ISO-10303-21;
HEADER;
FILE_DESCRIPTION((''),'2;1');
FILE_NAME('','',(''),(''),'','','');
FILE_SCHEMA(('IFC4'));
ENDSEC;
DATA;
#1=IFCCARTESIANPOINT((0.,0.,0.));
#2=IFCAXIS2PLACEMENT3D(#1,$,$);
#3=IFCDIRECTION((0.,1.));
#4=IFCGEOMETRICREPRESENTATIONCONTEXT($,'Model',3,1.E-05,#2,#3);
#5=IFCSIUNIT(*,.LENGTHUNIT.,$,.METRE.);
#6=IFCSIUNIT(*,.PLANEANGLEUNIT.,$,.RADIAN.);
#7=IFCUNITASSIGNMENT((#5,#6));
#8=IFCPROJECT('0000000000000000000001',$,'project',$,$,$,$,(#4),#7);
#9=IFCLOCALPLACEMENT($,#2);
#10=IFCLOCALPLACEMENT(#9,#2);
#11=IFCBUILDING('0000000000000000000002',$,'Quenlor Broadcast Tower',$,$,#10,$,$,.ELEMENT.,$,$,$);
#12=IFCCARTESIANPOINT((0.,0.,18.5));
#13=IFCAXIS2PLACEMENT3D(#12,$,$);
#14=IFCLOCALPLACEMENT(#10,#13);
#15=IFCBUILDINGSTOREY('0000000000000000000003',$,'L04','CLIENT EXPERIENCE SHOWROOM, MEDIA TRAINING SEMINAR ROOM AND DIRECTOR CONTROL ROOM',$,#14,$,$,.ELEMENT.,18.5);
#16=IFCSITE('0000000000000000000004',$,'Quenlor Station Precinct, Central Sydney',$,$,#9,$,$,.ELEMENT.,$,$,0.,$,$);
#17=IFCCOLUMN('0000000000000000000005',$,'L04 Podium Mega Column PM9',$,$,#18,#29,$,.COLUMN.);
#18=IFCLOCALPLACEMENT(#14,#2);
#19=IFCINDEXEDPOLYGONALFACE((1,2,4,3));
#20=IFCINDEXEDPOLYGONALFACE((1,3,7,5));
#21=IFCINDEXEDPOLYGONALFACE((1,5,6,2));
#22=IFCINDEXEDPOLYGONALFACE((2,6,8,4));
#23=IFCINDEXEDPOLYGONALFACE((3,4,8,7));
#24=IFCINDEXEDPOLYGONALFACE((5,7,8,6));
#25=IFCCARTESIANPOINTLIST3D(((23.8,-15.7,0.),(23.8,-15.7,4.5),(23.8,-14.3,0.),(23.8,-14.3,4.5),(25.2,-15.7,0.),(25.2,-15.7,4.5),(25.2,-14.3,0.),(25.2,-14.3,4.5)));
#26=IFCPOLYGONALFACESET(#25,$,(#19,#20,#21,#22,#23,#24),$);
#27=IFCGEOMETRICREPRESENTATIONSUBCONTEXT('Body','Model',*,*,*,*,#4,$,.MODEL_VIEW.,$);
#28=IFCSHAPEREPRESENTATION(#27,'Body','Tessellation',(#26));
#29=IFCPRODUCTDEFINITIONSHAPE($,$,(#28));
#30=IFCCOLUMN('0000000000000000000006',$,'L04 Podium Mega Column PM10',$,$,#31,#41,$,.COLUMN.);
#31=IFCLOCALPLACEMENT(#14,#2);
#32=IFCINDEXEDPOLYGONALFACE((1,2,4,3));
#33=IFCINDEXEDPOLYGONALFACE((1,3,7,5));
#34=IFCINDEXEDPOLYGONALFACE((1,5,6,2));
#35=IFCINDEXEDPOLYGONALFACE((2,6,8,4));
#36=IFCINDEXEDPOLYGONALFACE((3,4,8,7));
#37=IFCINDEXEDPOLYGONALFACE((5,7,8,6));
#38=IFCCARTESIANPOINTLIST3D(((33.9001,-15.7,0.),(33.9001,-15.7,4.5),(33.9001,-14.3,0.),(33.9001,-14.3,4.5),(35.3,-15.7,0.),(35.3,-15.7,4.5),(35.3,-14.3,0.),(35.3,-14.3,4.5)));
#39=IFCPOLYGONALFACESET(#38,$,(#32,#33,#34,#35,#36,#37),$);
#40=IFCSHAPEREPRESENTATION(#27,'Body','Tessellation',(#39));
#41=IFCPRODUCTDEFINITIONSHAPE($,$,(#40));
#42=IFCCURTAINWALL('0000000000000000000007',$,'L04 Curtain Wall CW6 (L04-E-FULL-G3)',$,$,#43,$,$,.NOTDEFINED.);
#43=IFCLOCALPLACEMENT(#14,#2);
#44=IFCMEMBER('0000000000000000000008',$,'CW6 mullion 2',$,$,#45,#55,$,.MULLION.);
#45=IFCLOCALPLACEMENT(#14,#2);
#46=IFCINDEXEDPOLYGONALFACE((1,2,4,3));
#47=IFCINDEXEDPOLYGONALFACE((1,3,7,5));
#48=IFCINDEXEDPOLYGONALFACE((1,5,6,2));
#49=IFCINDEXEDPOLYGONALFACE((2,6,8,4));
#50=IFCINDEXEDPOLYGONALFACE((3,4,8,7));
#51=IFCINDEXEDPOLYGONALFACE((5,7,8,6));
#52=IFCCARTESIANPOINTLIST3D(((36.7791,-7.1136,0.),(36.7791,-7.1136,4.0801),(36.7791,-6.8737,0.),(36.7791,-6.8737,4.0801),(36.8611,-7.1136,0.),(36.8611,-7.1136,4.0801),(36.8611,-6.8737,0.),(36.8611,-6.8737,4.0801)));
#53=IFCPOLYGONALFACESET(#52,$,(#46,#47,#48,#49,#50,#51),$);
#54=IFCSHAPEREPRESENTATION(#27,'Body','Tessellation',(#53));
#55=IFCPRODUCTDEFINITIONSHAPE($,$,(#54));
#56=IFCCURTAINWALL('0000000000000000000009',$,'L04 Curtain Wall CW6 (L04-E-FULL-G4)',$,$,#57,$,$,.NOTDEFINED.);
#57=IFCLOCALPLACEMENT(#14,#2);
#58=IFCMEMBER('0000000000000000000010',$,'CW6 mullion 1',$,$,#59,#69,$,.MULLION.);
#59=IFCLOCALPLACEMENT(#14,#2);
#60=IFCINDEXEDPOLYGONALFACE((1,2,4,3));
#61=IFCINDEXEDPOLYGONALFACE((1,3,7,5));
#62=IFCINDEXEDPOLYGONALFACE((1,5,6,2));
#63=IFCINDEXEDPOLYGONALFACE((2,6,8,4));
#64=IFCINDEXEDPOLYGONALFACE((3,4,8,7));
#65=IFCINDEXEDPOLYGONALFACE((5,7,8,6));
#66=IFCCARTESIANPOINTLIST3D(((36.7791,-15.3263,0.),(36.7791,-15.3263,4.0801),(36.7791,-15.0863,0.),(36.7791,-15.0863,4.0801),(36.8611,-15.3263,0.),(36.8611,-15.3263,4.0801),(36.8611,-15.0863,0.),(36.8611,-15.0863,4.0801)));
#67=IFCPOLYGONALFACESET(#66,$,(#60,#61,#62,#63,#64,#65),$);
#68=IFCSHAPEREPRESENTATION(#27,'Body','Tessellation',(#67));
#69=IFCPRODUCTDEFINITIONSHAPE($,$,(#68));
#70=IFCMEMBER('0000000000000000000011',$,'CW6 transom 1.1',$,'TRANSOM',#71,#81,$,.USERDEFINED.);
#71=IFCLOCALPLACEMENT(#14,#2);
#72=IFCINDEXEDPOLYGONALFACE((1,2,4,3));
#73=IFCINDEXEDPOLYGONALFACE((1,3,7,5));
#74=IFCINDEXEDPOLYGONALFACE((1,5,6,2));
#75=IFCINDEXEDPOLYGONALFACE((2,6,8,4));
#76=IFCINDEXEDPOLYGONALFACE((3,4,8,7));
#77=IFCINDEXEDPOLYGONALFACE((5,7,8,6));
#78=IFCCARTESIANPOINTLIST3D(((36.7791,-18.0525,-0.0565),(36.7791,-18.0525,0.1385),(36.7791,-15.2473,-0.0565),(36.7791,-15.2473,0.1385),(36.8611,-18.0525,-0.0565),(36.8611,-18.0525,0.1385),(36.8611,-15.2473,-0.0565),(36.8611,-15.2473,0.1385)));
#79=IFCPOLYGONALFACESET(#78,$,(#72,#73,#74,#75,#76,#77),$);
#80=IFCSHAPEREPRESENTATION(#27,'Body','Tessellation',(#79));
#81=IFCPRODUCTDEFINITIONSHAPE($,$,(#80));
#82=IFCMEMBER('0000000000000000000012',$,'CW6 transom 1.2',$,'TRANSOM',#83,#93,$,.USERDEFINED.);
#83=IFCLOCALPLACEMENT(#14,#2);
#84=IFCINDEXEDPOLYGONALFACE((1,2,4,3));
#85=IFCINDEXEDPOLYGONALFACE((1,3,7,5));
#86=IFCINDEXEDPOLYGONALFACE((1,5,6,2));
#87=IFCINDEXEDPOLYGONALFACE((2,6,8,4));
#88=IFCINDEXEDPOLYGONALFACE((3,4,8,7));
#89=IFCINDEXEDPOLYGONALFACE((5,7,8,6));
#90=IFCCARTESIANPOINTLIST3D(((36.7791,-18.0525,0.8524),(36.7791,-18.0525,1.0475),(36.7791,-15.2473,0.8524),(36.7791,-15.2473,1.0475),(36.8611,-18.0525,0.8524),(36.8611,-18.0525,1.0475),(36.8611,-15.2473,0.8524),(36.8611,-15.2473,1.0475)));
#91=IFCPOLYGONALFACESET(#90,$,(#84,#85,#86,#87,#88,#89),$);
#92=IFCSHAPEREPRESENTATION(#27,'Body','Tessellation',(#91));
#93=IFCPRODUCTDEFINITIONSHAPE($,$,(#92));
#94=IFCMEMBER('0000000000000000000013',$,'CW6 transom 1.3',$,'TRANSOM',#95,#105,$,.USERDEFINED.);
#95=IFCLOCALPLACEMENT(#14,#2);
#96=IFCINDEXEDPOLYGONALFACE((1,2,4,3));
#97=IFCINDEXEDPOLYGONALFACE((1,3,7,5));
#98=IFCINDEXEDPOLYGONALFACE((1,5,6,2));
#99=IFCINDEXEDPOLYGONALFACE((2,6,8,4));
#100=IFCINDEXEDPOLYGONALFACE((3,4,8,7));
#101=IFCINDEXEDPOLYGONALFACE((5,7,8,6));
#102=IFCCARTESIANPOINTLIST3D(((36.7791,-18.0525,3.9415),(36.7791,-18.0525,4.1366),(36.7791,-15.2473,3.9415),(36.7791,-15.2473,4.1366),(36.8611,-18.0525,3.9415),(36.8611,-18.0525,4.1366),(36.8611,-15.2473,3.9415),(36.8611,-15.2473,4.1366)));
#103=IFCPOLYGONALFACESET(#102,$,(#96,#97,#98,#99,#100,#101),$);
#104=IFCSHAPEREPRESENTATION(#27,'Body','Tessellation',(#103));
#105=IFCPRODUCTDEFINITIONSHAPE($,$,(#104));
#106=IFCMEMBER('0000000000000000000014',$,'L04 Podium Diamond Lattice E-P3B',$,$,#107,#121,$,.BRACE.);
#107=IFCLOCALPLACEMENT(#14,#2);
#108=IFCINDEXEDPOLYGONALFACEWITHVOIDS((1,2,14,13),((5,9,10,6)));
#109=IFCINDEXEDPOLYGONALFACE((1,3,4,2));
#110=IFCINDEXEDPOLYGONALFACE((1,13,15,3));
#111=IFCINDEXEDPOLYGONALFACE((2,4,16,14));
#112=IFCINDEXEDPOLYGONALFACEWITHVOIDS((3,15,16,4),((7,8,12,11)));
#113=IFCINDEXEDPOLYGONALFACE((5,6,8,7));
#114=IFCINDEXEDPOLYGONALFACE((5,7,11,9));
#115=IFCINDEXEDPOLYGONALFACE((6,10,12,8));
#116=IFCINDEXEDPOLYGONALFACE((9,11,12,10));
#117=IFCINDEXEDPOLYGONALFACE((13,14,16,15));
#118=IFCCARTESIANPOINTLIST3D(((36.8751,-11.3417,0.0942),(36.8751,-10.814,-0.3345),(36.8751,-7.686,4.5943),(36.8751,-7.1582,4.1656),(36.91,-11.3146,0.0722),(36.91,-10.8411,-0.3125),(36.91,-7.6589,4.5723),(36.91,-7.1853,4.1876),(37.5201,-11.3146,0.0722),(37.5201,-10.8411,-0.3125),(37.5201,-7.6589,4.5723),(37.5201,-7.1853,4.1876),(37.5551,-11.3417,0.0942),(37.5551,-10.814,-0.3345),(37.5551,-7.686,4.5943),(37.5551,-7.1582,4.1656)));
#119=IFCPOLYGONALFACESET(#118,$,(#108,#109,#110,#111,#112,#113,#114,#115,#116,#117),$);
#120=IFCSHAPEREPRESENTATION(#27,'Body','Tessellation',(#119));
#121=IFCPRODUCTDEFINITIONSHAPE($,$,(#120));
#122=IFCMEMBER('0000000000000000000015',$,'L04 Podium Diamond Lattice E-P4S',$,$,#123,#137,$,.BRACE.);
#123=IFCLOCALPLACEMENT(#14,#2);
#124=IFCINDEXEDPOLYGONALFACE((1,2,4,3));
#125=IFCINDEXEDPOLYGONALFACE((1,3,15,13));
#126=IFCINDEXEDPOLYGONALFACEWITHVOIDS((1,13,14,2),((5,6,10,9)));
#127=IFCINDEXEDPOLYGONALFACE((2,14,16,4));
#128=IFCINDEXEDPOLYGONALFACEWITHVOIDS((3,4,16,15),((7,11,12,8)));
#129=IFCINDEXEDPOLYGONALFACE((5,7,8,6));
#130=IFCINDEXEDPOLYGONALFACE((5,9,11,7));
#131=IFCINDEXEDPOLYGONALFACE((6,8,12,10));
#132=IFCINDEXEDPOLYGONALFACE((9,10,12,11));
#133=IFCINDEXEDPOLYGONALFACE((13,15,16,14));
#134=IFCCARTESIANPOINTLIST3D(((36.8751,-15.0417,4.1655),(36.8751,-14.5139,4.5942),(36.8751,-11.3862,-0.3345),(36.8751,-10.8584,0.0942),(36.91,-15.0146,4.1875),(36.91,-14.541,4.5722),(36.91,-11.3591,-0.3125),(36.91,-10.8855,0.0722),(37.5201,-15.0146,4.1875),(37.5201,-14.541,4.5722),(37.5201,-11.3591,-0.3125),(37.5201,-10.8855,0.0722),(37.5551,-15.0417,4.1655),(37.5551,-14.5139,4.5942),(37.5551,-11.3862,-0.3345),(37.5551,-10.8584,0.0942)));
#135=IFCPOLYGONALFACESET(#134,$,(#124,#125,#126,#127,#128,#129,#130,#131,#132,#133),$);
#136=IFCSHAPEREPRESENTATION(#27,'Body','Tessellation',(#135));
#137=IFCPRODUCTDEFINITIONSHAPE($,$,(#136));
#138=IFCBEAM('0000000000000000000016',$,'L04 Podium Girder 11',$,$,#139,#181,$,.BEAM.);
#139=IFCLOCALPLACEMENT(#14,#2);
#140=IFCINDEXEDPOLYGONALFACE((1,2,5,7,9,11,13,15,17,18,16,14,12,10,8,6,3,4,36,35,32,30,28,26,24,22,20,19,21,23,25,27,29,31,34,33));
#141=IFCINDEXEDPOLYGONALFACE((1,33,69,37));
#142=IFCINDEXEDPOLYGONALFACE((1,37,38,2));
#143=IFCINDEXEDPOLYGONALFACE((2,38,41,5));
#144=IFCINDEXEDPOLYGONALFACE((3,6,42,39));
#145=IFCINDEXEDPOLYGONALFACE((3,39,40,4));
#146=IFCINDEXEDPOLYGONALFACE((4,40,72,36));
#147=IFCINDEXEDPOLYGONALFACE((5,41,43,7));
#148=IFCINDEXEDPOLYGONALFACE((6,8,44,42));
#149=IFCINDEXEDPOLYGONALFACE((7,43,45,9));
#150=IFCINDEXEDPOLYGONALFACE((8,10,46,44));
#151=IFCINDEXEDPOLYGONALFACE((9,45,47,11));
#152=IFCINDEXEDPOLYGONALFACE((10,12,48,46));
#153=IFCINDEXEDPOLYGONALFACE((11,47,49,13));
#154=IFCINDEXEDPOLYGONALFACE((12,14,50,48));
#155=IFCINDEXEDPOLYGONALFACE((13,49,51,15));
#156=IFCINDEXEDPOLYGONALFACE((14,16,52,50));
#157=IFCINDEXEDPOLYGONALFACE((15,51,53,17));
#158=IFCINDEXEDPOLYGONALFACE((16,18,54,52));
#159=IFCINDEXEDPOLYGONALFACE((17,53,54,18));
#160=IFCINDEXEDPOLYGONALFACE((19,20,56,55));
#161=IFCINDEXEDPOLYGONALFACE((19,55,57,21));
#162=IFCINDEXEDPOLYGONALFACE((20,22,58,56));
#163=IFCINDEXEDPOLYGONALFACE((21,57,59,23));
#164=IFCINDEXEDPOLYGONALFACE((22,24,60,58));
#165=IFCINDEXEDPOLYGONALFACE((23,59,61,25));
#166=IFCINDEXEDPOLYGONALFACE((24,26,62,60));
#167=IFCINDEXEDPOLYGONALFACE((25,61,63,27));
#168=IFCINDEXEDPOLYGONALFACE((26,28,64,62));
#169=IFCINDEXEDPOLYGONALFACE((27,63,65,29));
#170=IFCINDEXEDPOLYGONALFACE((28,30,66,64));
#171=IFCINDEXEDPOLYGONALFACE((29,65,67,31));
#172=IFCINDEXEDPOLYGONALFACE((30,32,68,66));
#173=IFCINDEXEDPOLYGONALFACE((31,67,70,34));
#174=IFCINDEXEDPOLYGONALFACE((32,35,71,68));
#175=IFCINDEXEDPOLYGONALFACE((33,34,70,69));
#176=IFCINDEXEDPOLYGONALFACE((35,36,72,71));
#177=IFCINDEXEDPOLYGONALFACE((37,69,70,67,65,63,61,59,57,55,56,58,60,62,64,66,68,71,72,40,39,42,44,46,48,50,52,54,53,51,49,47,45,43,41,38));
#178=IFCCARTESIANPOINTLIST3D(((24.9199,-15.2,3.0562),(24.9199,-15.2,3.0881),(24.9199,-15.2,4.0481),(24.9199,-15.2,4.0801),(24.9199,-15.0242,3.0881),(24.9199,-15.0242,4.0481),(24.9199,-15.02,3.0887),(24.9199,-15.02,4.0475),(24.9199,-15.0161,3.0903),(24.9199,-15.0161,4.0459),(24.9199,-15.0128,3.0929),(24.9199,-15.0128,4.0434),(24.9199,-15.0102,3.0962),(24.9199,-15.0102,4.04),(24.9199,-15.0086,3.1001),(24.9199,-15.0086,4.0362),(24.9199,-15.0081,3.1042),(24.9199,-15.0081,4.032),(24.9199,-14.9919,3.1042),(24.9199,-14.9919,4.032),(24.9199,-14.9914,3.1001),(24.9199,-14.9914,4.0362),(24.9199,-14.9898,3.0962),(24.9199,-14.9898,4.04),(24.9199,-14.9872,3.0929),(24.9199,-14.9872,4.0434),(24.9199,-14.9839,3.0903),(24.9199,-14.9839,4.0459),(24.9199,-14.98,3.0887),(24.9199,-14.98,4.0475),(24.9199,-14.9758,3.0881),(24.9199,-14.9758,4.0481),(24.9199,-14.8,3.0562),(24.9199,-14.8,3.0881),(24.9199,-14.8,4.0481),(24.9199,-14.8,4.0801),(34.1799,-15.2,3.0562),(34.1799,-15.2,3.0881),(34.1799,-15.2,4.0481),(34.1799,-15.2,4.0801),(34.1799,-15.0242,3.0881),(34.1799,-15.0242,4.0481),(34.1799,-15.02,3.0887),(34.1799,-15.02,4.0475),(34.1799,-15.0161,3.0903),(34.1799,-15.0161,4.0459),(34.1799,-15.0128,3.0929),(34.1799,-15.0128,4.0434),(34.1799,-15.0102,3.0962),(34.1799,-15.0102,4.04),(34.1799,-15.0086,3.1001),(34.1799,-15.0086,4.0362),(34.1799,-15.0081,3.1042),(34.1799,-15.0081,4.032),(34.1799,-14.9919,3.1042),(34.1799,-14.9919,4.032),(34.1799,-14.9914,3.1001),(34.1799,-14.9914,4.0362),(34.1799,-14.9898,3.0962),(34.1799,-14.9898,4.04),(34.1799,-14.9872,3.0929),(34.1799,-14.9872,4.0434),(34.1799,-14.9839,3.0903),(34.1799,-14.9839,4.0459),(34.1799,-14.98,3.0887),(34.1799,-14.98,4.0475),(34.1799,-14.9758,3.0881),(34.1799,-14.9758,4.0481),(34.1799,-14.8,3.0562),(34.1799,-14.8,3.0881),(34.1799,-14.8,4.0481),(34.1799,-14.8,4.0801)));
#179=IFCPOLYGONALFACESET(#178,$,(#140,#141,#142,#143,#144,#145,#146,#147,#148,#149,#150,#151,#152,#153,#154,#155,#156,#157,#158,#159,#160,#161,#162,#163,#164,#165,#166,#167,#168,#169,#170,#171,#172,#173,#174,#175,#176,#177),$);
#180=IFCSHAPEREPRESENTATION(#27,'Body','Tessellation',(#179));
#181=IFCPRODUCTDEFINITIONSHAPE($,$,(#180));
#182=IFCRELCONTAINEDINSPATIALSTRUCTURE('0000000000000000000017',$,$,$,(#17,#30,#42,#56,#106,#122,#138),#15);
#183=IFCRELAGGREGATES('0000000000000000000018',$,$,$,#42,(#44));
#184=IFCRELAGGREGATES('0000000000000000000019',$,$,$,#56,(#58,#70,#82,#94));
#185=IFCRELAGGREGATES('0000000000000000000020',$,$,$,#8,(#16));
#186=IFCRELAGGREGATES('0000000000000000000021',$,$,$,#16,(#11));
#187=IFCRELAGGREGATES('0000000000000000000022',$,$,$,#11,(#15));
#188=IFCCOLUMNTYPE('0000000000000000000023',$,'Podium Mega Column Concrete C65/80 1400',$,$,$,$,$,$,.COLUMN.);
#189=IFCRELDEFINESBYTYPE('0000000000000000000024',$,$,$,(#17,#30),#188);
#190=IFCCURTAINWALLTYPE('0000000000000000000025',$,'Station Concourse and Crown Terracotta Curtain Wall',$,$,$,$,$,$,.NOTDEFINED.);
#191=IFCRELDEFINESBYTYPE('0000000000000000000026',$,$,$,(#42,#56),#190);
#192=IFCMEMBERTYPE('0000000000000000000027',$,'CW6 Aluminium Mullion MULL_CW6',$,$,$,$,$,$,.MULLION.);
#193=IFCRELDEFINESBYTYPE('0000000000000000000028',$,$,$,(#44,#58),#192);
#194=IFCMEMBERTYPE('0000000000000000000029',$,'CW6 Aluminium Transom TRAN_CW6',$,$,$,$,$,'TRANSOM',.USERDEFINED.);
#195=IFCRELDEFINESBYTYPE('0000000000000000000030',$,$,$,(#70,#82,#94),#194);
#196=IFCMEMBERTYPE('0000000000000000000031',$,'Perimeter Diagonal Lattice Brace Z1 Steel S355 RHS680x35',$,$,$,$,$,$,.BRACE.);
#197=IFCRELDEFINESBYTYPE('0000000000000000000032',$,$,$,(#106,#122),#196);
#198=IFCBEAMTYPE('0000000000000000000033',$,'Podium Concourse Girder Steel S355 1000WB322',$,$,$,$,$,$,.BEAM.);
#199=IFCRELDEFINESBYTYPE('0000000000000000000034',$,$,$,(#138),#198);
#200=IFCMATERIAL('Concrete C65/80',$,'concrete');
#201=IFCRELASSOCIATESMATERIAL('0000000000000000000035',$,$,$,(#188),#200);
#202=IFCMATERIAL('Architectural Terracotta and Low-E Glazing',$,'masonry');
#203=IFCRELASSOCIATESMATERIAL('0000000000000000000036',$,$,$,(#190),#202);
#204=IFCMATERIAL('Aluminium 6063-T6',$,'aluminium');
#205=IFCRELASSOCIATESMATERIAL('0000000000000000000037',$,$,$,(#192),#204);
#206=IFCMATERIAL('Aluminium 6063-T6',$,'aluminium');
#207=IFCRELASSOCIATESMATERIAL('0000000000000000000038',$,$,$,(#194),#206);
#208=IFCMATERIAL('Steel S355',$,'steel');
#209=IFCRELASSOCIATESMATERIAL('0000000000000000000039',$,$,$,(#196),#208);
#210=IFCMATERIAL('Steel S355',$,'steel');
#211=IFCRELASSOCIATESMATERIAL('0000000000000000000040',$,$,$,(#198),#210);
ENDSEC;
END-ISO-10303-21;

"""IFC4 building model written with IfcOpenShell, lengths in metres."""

from ifc_helpers import new_model, si_unit, direction, frame, origin, origin_2d, place, context, subcontext, project, spatial, rectangle, hollow_rectangle, i_section, extrude, material, material_profile, profile_set, type_object, element, aggregate, save


model = new_model("IFC4")

# Units and contexts
model_context = context("Model", 3, precision=1e-05, world=origin(), true_north=direction((0.0, 1.0)))
body_context = subcontext(model_context, "Body", "Model", "MODEL_VIEW")
ifc_project = project(units=[si_unit("LENGTHUNIT", "METRE"), si_unit("PLANEANGLEUNIT", "RADIAN")], contexts=[model_context])

# Site, building, storey
site_placement = place(None, origin())
site = spatial("IfcSite", under=ifc_project, at=site_placement, Name="Quenlor Station Precinct, Central Sydney", CompositionType="ELEMENT", RefElevation=0.0)
building_placement = place(site_placement, origin())
building = spatial("IfcBuilding", under=site, at=building_placement, Name="Quenlor Broadcast Tower", CompositionType="ELEMENT")
storey_placement = place(building_placement, frame((0.0, 0.0, 18.5)))
storey = spatial("IfcBuildingStorey", under=building, at=storey_placement, Name="L04", Description="CLIENT EXPERIENCE SHOWROOM, MEDIA TRAINING SEMINAR ROOM AND DIRECTOR CONTROL ROOM", CompositionType="ELEMENT", Elevation=18.5)

# Columns
ifc_material_1 = material(Name="Concrete C65/80", Category="concrete")
ifc_material_profile_1 = material_profile(ifc_material_1, rectangle(XDim=1.3999, YDim=1.3999, at=origin_2d()))
ifc_profile_set_1 = profile_set([ifc_material_profile_1], Name="Concrete C65/80 RC1400x1400")
column_type = type_object("IfcColumnType", Name="Podium Mega Column Concrete C65/80 1400", PredefinedType="COLUMN", material=ifc_profile_set_1)
for number, where, z_axis, x_axis, name in (
    (1, (24.5, -15.0, 0.0), (0.0, 0.0, 1.0), (1.0, 0.0, 0.0), "L04 Podium Mega Column PM9"),
    (2, (34.6001, -15.0, 0.0), (0.0, 0.0, 1.0), (1.0, 0.0, 0.0), "L04 Podium Mega Column PM10"),
):
    element("IfcColumn", number, at=place(storey_placement, frame(where, z_axis=z_axis, x_axis=x_axis)), inside=storey, type_object=column_type, Name=name, PredefinedType="COLUMN", context=body_context, shape_type="SweptSolid", body=[
        extrude(rectangle(XDim=1.3999, YDim=1.3999, at=origin_2d()), origin(), (0.0, 0.0, 1.0), 4.5),
    ])

# Curtain wall, member
ifc_material_2 = material(Name="Architectural Terracotta and Low-E Glazing", Category="masonry")
curtain_wall_type = type_object("IfcCurtainWallType", Name="Station Concourse and Crown Terracotta Curtain Wall", PredefinedType="NOTDEFINED", material=ifc_material_2)
curtain_wall_1_placement = place(storey_placement, origin())
curtain_wall_1 = element("IfcCurtainWall", 3, at=curtain_wall_1_placement, inside=storey, type_object=curtain_wall_type, Name="L04 Curtain Wall CW6 (L04-E-FULL-G3)", PredefinedType="NOTDEFINED")
ifc_material_3 = material(Name="Aluminium 6063-T6", Category="aluminium")
ifc_material_profile_2 = material_profile(ifc_material_3, rectangle(XDim=0.082, YDim=0.24, at=origin_2d()))
ifc_profile_set_2 = profile_set([ifc_material_profile_2], Name="Aluminium 6063-T6 MULL82x240")
member_type_1 = type_object("IfcMemberType", Name="CW6 Aluminium Mullion MULL_CW6", PredefinedType="MULLION", material=ifc_profile_set_2)
member_1_placement = place(storey_placement, frame((36.8201, -6.9937, 0.0), z_axis=(0.0, 0.0, 1.0), x_axis=(1.0, 0.0, 0.0)))
member_1 = element("IfcMember", 4, at=member_1_placement, type_object=member_type_1, Name="CW6 mullion 2", PredefinedType="MULLION", context=body_context, shape_type="SweptSolid", body=[
    extrude(rectangle(XDim=0.082, YDim=0.24, at=origin_2d()), origin(), (0.0, 0.0, 1.0), 4.0801),
])
aggregate(curtain_wall_1, [member_1])

# Curtain wall, members
curtain_wall_2_placement = place(storey_placement, origin())
curtain_wall_2 = element("IfcCurtainWall", 5, at=curtain_wall_2_placement, inside=storey, type_object=curtain_wall_type, Name="L04 Curtain Wall CW6 (L04-E-FULL-G4)", PredefinedType="NOTDEFINED")
member_2_placement = place(storey_placement, frame((36.8201, -15.2063, 0.0), z_axis=(0.0, 0.0, 1.0), x_axis=(1.0, 0.0, 0.0)))
member_2 = element("IfcMember", 6, at=member_2_placement, type_object=member_type_1, Name="CW6 mullion 1", PredefinedType="MULLION", context=body_context, shape_type="SweptSolid", body=[
    extrude(rectangle(XDim=0.082, YDim=0.24, at=origin_2d()), origin(), (0.0, 0.0, 1.0), 4.0801),
])
ifc_material_4 = material(Name="Aluminium 6063-T6", Category="aluminium")
ifc_material_profile_3 = material_profile(ifc_material_4, rectangle(XDim=0.082, YDim=0.1951, at=origin_2d()))
ifc_profile_set_3 = profile_set([ifc_material_profile_3], Name="Aluminium 6063-T6 TRAN82x195")
member_type_2 = type_object("IfcMemberType", Name="CW6 Aluminium Transom TRAN_CW6", ElementType="TRANSOM", PredefinedType="USERDEFINED", material=ifc_profile_set_3)
member_3_placement = place(storey_placement, frame((36.8201, -15.2473, 0.041), z_axis=(0.0, -1.0, 0.0), x_axis=(1.0, 0.0, 0.0)))
member_3 = element("IfcMember", 7, at=member_3_placement, type_object=member_type_2, Name="CW6 transom 1.1", ObjectType="TRANSOM", PredefinedType="USERDEFINED", context=body_context, shape_type="SweptSolid", body=[
    extrude(rectangle(XDim=0.082, YDim=0.1951, at=origin_2d()), origin(), (0.0, 0.0, 1.0), 2.8052),
])
member_4_placement = place(storey_placement, frame((36.8201, -15.2473, 0.95), z_axis=(0.0, -1.0, 0.0), x_axis=(1.0, 0.0, 0.0)))
member_4 = element("IfcMember", 8, at=member_4_placement, type_object=member_type_2, Name="CW6 transom 1.2", ObjectType="TRANSOM", PredefinedType="USERDEFINED", context=body_context, shape_type="SweptSolid", body=[
    extrude(rectangle(XDim=0.082, YDim=0.1951, at=origin_2d()), origin(), (0.0, 0.0, 1.0), 2.8052),
])
member_5_placement = place(storey_placement, frame((36.8201, -15.2473, 4.0391), z_axis=(0.0, -1.0, 0.0), x_axis=(1.0, 0.0, 0.0)))
member_5 = element("IfcMember", 9, at=member_5_placement, type_object=member_type_2, Name="CW6 transom 1.3", ObjectType="TRANSOM", PredefinedType="USERDEFINED", context=body_context, shape_type="SweptSolid", body=[
    extrude(rectangle(XDim=0.082, YDim=0.1951, at=origin_2d()), origin(), (0.0, 0.0, 1.0), 2.8052),
])
aggregate(curtain_wall_2, [member_2, member_3, member_4, member_5])

# Members
ifc_material_5 = material(Name="Steel S355", Category="steel")
ifc_material_profile_4 = material_profile(ifc_material_5, hollow_rectangle(XDim=0.6799, YDim=0.6799, WallThickness=0.0349, at=origin_2d()))
ifc_profile_set_4 = profile_set([ifc_material_profile_4], Name="Steel S355 RHS680x680x35")
member_type_3 = type_object("IfcMemberType", Name="Perimeter Diagonal Lattice Brace Z1 Steel S355 RHS680x35", PredefinedType="BRACE", material=ifc_profile_set_4)
member_6_placement = place(storey_placement, frame((37.2151, -11.0779, -0.1201), z_axis=(0.0, 0.630542, 0.776155), x_axis=(-1.0, 0.0, 0.0)))
element("IfcMember", 10, at=member_6_placement, inside=storey, type_object=member_type_3, Name="L04 Podium Diamond Lattice E-P3B", PredefinedType="BRACE", context=body_context, shape_type="SweptSolid", body=[
    extrude(hollow_rectangle(XDim=0.6799, YDim=0.6799, WallThickness=0.0349, at=origin_2d()), origin(), (0.0, 0.0, 1.0), 5.7979),
])
member_7_placement = place(storey_placement, frame((37.2151, -11.1223, -0.1201), z_axis=(0.0, -0.630517, 0.776176), x_axis=(1.0, 0.0, 0.0)))
element("IfcMember", 11, at=member_7_placement, inside=storey, type_object=member_type_3, Name="L04 Podium Diamond Lattice E-P4S", PredefinedType="BRACE", context=body_context, shape_type="SweptSolid", body=[
    extrude(hollow_rectangle(XDim=0.6799, YDim=0.6799, WallThickness=0.0349, at=origin_2d()), origin(), (0.0, 0.0, 1.0), 5.7976),
])

# Beam
ifc_material_6 = material(Name="Steel S355", Category="steel")
ifc_material_profile_5 = material_profile(ifc_material_6, i_section(OverallWidth=0.3999, OverallDepth=1.0239, WebThickness=0.0161, FlangeThickness=0.032, FilletRadius=0.0161, at=origin_2d()))
ifc_profile_set_5 = profile_set([ifc_material_profile_5], Name="Steel S355 1000WB322")
beam_type_1 = type_object("IfcBeamType", Name="Podium Concourse Girder Steel S355 1000WB322", PredefinedType="BEAM", material=ifc_profile_set_5)
beam_placement = place(storey_placement, frame((24.9199, -15.0, 3.5681), z_axis=(1.0, 0.0, 0.0), x_axis=(0.0, 1.0, 0.0)))
element("IfcBeam", 12, at=beam_placement, inside=storey, type_object=beam_type_1, Name="L04 Podium Girder 11", PredefinedType="BEAM", context=body_context, shape_type="SweptSolid", body=[
    extrude(i_section(OverallWidth=0.3999, OverallDepth=1.0239, WebThickness=0.0161, FlangeThickness=0.032, FilletRadius=0.0161, at=origin_2d()), origin(), (0.0, 0.0, 1.0), 9.26),
])

save(model, "model.ifc")
